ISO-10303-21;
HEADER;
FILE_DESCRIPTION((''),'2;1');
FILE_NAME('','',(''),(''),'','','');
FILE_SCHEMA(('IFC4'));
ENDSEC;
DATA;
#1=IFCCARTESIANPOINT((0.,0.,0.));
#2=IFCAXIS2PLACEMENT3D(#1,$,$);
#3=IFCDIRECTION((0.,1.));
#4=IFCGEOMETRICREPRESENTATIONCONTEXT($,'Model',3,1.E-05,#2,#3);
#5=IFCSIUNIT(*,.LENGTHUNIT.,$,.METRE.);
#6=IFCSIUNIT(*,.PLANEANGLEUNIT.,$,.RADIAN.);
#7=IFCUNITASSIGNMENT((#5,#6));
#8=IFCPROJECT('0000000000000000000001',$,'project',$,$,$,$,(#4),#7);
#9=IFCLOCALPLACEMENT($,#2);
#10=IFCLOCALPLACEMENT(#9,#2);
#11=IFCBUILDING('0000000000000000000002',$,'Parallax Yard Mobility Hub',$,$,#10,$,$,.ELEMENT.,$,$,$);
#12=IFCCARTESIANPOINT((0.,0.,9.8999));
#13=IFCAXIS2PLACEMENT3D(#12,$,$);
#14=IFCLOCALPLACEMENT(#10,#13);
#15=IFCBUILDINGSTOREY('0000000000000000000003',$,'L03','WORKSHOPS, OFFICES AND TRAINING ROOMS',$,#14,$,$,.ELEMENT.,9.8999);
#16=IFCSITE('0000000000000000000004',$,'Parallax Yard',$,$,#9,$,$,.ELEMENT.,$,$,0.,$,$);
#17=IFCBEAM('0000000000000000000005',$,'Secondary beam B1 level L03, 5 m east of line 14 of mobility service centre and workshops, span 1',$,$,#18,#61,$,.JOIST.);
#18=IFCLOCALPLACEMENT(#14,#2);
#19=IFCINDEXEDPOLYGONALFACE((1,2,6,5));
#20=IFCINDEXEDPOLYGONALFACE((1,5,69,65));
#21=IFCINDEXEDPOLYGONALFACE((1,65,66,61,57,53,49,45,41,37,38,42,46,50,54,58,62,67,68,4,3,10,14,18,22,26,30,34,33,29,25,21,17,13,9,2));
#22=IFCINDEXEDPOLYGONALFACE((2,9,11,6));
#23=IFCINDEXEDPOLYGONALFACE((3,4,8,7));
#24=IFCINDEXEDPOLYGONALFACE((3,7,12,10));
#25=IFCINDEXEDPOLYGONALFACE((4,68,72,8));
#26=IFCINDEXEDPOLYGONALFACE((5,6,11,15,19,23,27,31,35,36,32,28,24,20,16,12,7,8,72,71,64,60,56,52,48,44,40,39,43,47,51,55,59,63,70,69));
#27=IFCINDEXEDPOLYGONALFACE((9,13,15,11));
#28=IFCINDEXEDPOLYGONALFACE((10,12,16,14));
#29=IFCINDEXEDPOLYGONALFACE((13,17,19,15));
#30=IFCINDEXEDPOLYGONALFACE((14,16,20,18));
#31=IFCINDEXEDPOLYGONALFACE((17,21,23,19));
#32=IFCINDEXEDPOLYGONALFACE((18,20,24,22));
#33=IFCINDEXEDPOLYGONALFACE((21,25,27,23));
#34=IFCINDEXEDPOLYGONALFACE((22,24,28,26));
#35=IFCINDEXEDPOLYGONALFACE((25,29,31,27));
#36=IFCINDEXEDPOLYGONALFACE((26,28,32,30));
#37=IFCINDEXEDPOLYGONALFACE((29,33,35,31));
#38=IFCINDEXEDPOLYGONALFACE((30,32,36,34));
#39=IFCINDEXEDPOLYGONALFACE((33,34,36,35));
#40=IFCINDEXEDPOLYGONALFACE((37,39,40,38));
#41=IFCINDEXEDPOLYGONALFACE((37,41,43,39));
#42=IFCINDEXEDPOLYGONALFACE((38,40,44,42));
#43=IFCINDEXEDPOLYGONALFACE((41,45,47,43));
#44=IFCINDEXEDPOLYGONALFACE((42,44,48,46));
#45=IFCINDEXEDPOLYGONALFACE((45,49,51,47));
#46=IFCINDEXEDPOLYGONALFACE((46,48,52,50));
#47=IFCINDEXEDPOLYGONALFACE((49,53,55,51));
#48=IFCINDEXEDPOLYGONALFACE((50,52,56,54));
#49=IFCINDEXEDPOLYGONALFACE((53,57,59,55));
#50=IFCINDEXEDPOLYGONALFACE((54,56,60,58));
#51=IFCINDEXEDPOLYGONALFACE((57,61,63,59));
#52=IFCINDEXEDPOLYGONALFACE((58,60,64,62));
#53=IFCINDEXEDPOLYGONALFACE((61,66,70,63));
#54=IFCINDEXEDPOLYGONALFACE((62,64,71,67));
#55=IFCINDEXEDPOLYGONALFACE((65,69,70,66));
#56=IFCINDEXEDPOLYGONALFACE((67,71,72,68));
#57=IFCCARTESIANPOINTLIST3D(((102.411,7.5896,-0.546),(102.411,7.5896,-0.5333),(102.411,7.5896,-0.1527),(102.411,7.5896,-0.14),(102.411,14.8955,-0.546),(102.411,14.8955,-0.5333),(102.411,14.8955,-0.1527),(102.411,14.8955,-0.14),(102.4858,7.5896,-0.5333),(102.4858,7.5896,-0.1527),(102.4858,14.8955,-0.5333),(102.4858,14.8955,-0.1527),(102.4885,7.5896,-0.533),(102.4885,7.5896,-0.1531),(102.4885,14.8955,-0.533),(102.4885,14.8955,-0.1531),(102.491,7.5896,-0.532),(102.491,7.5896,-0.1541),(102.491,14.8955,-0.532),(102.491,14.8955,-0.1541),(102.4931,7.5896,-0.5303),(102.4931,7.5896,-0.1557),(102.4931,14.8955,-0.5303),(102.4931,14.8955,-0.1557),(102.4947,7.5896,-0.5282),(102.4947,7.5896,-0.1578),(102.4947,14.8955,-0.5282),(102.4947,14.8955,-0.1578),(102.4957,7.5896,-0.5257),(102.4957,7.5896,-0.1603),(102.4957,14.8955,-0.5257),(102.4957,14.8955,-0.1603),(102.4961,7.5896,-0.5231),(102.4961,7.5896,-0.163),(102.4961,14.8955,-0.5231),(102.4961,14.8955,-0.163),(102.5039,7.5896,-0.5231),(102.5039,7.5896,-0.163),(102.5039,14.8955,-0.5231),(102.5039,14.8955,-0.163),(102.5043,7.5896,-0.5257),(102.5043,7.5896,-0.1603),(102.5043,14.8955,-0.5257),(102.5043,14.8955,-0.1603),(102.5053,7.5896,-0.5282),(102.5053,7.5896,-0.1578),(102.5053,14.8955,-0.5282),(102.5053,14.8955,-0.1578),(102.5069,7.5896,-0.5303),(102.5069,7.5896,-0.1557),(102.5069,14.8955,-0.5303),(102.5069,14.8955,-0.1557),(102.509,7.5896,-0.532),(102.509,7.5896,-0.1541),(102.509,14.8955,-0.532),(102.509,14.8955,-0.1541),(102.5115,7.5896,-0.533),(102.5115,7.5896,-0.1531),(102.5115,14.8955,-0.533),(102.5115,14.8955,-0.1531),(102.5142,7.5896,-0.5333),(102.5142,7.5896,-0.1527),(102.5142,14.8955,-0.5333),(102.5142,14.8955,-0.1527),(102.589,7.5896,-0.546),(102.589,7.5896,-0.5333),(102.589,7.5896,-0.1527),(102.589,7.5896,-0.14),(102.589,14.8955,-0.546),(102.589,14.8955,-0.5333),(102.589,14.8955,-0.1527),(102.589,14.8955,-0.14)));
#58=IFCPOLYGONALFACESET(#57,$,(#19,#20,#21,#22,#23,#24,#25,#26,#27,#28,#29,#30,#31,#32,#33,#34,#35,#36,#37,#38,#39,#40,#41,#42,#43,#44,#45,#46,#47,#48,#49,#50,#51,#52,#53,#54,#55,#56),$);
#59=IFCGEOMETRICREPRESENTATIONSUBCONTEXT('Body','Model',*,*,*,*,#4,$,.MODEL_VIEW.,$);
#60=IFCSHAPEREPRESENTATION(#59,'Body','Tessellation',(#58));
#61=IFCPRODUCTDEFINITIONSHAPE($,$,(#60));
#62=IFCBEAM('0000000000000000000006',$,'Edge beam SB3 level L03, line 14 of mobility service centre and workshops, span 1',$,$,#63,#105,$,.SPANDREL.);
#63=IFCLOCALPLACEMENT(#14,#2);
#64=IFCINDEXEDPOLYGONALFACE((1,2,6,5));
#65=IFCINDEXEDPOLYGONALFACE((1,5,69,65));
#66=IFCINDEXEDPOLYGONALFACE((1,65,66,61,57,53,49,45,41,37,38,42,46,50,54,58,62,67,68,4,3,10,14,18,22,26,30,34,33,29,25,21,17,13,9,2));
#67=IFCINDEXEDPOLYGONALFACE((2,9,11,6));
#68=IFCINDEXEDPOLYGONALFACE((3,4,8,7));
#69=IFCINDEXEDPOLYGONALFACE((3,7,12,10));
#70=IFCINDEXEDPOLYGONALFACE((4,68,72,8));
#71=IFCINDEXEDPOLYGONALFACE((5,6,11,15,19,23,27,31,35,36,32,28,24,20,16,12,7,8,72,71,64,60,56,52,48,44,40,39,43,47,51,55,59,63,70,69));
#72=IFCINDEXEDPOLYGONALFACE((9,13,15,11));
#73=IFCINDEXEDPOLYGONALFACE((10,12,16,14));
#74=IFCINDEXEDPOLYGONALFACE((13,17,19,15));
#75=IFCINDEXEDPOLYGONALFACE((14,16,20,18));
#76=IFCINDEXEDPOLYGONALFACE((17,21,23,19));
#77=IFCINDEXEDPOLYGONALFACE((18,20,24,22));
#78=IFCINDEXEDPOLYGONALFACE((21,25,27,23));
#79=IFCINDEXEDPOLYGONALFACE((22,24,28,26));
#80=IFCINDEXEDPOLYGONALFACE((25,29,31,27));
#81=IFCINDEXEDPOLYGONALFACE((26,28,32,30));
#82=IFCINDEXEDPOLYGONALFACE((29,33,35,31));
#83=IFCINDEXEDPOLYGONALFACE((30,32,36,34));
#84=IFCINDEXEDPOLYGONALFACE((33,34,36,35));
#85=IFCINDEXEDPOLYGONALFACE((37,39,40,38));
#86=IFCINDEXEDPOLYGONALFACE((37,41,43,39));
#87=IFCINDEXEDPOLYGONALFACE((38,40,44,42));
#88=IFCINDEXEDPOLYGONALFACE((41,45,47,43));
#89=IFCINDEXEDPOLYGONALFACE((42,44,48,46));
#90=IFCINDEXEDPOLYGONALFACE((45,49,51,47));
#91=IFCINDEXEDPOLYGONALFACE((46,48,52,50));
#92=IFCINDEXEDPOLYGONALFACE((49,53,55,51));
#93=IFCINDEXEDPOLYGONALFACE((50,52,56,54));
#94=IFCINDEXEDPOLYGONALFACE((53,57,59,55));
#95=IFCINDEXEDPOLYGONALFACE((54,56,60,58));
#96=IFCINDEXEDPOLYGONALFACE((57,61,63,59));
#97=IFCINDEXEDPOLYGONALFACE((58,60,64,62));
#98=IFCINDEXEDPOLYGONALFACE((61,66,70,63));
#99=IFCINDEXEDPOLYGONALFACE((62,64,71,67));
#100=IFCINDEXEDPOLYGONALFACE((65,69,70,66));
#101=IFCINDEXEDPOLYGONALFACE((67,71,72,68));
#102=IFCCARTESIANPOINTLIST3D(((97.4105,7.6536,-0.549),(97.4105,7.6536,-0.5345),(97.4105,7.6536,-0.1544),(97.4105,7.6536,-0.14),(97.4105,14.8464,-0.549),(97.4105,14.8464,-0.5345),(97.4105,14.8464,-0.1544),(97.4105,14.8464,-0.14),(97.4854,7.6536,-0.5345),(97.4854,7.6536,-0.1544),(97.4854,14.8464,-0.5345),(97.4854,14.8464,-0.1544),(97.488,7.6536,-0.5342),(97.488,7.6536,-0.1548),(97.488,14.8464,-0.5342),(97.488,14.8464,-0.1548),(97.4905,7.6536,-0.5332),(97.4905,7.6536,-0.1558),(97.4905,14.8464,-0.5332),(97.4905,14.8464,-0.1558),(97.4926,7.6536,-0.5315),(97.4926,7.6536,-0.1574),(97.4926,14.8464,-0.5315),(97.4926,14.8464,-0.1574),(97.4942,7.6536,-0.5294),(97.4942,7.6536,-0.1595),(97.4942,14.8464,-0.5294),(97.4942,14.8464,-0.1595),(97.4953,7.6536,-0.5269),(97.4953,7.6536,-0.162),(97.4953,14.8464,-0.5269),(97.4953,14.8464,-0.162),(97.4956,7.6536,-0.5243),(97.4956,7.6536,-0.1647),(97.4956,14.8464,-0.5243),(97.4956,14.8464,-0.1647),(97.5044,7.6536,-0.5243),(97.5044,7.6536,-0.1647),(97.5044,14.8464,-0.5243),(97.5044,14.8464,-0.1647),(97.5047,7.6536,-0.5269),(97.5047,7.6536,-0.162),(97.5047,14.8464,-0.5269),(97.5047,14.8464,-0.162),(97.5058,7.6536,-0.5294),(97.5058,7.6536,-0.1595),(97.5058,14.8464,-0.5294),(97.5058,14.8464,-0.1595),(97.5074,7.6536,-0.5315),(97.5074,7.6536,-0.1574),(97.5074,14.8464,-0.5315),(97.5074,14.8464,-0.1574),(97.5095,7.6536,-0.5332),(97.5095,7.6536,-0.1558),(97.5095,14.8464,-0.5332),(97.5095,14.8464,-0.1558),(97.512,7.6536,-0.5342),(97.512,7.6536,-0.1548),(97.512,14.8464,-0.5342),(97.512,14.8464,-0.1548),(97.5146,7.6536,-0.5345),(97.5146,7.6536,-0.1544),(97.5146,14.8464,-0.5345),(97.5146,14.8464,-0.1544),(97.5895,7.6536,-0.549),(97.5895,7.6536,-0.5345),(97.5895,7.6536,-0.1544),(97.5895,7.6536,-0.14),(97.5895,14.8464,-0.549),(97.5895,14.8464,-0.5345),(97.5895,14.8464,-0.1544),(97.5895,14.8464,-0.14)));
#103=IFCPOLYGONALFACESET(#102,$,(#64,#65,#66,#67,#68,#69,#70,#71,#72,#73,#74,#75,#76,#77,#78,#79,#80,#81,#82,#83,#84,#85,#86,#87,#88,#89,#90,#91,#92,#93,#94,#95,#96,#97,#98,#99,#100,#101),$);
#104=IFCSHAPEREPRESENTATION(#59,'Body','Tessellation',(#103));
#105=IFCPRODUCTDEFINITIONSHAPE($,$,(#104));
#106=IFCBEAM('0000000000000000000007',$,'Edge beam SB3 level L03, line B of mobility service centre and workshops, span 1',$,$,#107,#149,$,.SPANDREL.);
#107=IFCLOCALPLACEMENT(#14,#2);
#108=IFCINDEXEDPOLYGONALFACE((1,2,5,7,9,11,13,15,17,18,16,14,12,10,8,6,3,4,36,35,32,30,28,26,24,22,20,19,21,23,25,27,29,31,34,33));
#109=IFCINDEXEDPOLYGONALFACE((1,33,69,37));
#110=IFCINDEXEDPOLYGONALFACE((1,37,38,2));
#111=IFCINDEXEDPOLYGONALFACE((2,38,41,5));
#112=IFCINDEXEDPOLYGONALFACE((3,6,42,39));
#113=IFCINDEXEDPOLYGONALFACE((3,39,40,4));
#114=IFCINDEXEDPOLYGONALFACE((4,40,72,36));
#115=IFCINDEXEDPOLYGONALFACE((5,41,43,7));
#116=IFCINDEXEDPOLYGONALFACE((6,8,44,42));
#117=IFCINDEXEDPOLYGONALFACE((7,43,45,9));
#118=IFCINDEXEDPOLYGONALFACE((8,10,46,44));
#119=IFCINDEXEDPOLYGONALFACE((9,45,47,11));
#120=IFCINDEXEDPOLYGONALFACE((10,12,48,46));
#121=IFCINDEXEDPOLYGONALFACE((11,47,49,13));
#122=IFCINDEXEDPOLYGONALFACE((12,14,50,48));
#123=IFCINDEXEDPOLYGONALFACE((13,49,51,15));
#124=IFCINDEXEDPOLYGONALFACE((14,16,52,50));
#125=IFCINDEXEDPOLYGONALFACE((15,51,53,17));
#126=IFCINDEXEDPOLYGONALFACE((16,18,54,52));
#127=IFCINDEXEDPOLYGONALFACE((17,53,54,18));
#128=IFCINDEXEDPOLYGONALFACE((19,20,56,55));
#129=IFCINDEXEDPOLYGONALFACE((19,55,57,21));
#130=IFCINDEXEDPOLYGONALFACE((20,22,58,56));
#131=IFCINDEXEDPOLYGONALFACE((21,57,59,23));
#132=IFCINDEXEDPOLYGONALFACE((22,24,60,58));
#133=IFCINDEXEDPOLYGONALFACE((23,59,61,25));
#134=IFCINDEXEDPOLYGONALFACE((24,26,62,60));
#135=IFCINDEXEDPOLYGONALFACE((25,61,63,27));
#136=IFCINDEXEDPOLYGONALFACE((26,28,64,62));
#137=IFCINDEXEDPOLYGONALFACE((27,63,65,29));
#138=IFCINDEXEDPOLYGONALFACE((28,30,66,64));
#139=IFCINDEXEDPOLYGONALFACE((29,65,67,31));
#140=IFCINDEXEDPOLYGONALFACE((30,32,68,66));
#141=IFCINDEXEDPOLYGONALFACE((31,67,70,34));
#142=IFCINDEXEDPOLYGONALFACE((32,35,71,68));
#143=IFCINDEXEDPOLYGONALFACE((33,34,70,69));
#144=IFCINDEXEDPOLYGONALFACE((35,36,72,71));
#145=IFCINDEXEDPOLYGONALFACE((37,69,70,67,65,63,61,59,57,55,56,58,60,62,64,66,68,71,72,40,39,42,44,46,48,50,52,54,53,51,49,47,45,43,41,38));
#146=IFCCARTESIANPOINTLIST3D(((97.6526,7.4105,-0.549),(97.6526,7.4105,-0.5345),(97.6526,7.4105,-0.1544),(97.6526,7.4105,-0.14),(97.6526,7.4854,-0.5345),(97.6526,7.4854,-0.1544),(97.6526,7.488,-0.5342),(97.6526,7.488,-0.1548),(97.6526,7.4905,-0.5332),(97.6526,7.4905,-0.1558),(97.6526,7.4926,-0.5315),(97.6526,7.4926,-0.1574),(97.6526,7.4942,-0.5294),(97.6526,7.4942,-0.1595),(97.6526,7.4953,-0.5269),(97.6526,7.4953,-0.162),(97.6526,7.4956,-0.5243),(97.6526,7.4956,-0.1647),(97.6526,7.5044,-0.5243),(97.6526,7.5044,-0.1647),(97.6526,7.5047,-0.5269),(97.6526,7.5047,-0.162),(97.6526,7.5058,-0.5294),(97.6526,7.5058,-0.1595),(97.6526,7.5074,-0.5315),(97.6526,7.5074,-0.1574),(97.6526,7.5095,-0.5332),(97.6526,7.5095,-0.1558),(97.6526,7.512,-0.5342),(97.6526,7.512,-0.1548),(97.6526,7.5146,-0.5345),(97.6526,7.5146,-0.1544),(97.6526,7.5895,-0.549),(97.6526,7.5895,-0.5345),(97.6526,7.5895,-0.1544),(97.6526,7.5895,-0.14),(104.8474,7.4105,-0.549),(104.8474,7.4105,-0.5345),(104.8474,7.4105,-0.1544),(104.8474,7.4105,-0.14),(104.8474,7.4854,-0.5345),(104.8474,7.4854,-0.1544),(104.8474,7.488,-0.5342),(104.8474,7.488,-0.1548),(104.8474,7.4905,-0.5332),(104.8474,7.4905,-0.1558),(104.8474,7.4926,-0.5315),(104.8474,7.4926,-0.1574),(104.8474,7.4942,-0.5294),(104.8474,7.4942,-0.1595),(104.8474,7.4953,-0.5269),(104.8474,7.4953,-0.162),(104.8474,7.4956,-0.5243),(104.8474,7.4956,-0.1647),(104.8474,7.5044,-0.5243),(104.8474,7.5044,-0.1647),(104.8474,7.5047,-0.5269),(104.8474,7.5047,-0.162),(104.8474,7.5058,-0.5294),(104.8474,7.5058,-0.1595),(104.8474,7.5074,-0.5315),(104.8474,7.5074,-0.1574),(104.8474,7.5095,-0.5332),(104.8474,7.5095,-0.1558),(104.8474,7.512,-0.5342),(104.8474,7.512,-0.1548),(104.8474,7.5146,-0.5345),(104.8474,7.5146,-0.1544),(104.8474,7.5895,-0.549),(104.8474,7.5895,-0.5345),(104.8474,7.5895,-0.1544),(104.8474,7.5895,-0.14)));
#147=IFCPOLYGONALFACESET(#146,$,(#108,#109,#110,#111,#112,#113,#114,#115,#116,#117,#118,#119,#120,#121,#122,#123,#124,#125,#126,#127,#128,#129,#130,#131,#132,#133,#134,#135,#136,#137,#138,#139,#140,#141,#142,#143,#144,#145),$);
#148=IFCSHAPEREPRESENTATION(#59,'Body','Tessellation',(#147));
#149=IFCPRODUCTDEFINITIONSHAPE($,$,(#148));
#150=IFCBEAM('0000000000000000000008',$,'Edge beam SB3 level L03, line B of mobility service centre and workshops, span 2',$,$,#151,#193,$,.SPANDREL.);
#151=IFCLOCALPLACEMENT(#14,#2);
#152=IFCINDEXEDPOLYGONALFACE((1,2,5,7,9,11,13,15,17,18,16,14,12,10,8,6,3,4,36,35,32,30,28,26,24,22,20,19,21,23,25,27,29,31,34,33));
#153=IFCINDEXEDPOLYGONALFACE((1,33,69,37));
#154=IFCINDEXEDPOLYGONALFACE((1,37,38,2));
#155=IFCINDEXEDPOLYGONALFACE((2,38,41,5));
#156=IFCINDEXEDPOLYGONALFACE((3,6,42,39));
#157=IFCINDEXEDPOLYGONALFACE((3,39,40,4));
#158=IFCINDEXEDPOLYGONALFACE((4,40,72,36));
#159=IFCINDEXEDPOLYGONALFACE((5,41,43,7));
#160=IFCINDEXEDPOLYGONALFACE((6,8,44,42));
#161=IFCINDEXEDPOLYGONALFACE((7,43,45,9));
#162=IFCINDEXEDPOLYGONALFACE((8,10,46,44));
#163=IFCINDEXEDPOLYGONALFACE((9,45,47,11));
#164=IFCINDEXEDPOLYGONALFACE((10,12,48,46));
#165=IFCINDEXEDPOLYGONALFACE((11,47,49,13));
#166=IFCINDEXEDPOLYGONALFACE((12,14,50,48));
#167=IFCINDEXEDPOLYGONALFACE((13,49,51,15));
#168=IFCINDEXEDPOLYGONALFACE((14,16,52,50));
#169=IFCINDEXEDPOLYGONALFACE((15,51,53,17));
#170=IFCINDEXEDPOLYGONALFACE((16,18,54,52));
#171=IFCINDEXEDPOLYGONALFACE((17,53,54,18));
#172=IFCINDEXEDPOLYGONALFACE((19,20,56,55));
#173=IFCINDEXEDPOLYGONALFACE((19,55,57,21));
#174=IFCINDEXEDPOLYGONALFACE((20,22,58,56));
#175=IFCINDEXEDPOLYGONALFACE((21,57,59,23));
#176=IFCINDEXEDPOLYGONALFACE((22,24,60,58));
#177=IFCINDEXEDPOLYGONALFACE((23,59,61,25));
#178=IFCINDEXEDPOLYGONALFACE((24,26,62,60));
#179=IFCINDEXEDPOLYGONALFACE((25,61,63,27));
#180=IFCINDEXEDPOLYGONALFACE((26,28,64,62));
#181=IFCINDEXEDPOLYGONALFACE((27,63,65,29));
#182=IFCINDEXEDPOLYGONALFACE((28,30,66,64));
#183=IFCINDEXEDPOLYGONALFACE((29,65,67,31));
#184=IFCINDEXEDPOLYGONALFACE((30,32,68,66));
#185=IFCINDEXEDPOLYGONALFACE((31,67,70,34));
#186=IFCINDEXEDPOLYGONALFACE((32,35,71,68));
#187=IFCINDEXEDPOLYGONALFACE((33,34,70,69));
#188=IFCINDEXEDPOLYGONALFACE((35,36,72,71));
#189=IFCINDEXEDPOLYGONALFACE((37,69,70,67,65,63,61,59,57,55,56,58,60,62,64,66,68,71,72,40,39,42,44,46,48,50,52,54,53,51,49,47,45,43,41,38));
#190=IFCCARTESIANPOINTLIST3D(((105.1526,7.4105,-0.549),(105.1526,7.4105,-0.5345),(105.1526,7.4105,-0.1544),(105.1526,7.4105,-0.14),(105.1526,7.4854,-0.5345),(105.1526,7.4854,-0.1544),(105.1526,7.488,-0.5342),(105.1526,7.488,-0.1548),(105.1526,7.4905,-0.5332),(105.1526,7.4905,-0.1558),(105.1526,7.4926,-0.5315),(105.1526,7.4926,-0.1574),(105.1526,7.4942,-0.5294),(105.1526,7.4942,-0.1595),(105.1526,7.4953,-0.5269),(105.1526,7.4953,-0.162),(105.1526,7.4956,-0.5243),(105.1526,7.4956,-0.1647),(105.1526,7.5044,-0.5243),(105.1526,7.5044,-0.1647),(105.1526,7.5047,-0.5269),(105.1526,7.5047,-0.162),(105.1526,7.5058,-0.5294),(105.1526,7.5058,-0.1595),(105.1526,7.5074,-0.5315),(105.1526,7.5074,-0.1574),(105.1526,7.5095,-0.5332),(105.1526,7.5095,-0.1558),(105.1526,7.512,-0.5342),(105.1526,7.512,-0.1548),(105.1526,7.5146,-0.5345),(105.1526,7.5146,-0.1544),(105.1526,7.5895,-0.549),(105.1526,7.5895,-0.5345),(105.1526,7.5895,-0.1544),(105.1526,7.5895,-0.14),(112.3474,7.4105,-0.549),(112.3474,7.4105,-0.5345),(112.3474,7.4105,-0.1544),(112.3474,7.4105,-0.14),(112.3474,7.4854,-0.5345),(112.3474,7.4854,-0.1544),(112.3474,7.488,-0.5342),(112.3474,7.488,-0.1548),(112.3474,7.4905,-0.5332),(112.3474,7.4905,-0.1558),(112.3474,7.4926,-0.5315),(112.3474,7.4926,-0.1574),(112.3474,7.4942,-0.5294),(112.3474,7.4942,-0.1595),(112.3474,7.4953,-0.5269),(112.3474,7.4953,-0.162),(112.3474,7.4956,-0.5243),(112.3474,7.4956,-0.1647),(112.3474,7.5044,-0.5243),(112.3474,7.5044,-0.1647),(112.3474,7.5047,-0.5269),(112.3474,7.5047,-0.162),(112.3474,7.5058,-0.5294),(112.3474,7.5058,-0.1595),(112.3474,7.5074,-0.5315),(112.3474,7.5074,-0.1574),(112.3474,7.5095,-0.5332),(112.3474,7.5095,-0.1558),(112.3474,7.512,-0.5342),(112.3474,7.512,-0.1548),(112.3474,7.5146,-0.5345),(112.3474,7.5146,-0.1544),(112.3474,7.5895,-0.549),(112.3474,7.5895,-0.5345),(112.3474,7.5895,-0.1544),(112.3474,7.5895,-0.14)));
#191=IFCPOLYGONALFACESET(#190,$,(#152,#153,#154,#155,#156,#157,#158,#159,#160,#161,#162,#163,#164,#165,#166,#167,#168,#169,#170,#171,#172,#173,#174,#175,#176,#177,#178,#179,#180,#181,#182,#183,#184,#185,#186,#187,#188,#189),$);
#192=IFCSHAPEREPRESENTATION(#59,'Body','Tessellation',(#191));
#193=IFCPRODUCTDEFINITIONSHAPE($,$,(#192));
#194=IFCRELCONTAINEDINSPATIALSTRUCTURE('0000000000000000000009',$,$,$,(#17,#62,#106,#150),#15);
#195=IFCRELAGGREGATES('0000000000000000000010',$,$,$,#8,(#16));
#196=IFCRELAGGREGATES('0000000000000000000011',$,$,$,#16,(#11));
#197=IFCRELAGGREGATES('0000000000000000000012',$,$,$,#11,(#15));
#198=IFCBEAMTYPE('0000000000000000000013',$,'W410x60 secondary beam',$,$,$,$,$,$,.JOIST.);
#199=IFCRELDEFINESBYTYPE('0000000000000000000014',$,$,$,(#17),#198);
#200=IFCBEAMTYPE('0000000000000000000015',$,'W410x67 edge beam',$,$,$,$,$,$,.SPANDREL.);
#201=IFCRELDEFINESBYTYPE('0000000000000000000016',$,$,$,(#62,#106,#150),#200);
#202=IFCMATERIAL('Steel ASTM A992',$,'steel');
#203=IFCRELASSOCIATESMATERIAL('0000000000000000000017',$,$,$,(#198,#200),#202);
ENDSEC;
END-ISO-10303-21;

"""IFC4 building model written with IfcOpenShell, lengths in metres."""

from ifc_helpers import new_model, si_unit, direction, frame, origin, origin_2d, place, context, subcontext, project, spatial, i_section, extrude, material, material_profile, profile_set, type_object, element, save


model = new_model("IFC4")

# Units and contexts
model_context = context("Model", 3, precision=1e-05, world=origin(), true_north=direction((0.0, 1.0)))
body_context = subcontext(model_context, "Body", "Model", "MODEL_VIEW")
ifc_project = project(units=[si_unit("LENGTHUNIT", "METRE"), si_unit("PLANEANGLEUNIT", "RADIAN")], contexts=[model_context])

# Site, building, storey
site_placement = place(None, origin())
site = spatial("IfcSite", under=ifc_project, at=site_placement, Name="Parallax Yard", CompositionType="ELEMENT", RefElevation=0.0)
building_placement = place(site_placement, origin())
building = spatial("IfcBuilding", under=site, at=building_placement, Name="Parallax Yard Mobility Hub", CompositionType="ELEMENT")
storey_placement = place(building_placement, frame((0.0, 0.0, 9.8999)))
storey = spatial("IfcBuildingStorey", under=building, at=storey_placement, Name="L03", Description="WORKSHOPS, OFFICES AND TRAINING ROOMS", CompositionType="ELEMENT", Elevation=9.8999)

# Shared definitions
ifc_material_1 = material(Name="Steel ASTM A992", Category="steel")

# Beams
ifc_material_profile_1 = material_profile(ifc_material_1, i_section(OverallWidth=0.178, OverallDepth=0.406, WebThickness=0.0078, FlangeThickness=0.0127, FilletRadius=0.0103, at=origin_2d()), Name="W410x60")
ifc_profile_set_1 = profile_set([ifc_material_profile_1], Name="Steel ASTM A992")
beam_type_1 = type_object("IfcBeamType", Name="W410x60 secondary beam", PredefinedType="JOIST", material=ifc_profile_set_1)
for number, where, z_axis, x_axis, name in (
    (1, (102.5, 7.5896, -0.343), (0.0, 1.0, 0.0), (-1.0, 0.0, 0.0), "Secondary beam B1 level L03, 5 m east of line 14 of mobility service centre and workshops, span 1"),
):
    element("IfcBeam", number, at=place(storey_placement, frame(where, z_axis=z_axis, x_axis=x_axis)), inside=storey, type_object=beam_type_1, Name=name, PredefinedType="JOIST", context=body_context, shape_type="SweptSolid", body=[
        extrude(i_section(OverallWidth=0.178, OverallDepth=0.406, WebThickness=0.0078, FlangeThickness=0.0127, FilletRadius=0.0103, at=origin_2d()), origin(), (0.0, 0.0, 1.0), 7.3059),
    ])
ifc_material_profile_2 = material_profile(ifc_material_1, i_section(OverallWidth=0.179, OverallDepth=0.4089, WebThickness=0.0088, FlangeThickness=0.0144, FilletRadius=0.0103, at=origin_2d()), Name="W410x67")
ifc_profile_set_2 = profile_set([ifc_material_profile_2], Name="Steel ASTM A992")
beam_type_2 = type_object("IfcBeamType", Name="W410x67 edge beam", PredefinedType="SPANDREL", material=ifc_profile_set_2)
beam_1_placement = place(storey_placement, frame((97.5, 7.6536, -0.3445), z_axis=(0.0, 1.0, 0.0), x_axis=(-1.0, 0.0, 0.0)))
element("IfcBeam", 2, at=beam_1_placement, inside=storey, type_object=beam_type_2, Name="Edge beam SB3 level L03, line 14 of mobility service centre and workshops, span 1", PredefinedType="SPANDREL", context=body_context, shape_type="SweptSolid", body=[
    extrude(i_section(OverallWidth=0.179, OverallDepth=0.4089, WebThickness=0.0088, FlangeThickness=0.0144, FilletRadius=0.0103, at=origin_2d()), origin(), (0.0, 0.0, 1.0), 7.1929),
])
for number, where, z_axis, x_axis, name in (
    (3, (97.6526, 7.5, -0.3445), (1.0, 0.0, 0.0), (0.0, 1.0, 0.0), "Edge beam SB3 level L03, line B of mobility service centre and workshops, span 1"),
    (4, (105.1526, 7.5, -0.3445), (1.0, 0.0, 0.0), (0.0, 1.0, 0.0), "Edge beam SB3 level L03, line B of mobility service centre and workshops, span 2"),
):
    element("IfcBeam", number, at=place(storey_placement, frame(where, z_axis=z_axis, x_axis=x_axis)), inside=storey, type_object=beam_type_2, Name=name, PredefinedType="SPANDREL", context=body_context, shape_type="SweptSolid", body=[
        extrude(i_section(OverallWidth=0.179, OverallDepth=0.4089, WebThickness=0.0088, FlangeThickness=0.0144, FilletRadius=0.0103, at=origin_2d()), origin(), (0.0, 0.0, 1.0), 7.1948),
    ])

save(model, "model.ifc")
